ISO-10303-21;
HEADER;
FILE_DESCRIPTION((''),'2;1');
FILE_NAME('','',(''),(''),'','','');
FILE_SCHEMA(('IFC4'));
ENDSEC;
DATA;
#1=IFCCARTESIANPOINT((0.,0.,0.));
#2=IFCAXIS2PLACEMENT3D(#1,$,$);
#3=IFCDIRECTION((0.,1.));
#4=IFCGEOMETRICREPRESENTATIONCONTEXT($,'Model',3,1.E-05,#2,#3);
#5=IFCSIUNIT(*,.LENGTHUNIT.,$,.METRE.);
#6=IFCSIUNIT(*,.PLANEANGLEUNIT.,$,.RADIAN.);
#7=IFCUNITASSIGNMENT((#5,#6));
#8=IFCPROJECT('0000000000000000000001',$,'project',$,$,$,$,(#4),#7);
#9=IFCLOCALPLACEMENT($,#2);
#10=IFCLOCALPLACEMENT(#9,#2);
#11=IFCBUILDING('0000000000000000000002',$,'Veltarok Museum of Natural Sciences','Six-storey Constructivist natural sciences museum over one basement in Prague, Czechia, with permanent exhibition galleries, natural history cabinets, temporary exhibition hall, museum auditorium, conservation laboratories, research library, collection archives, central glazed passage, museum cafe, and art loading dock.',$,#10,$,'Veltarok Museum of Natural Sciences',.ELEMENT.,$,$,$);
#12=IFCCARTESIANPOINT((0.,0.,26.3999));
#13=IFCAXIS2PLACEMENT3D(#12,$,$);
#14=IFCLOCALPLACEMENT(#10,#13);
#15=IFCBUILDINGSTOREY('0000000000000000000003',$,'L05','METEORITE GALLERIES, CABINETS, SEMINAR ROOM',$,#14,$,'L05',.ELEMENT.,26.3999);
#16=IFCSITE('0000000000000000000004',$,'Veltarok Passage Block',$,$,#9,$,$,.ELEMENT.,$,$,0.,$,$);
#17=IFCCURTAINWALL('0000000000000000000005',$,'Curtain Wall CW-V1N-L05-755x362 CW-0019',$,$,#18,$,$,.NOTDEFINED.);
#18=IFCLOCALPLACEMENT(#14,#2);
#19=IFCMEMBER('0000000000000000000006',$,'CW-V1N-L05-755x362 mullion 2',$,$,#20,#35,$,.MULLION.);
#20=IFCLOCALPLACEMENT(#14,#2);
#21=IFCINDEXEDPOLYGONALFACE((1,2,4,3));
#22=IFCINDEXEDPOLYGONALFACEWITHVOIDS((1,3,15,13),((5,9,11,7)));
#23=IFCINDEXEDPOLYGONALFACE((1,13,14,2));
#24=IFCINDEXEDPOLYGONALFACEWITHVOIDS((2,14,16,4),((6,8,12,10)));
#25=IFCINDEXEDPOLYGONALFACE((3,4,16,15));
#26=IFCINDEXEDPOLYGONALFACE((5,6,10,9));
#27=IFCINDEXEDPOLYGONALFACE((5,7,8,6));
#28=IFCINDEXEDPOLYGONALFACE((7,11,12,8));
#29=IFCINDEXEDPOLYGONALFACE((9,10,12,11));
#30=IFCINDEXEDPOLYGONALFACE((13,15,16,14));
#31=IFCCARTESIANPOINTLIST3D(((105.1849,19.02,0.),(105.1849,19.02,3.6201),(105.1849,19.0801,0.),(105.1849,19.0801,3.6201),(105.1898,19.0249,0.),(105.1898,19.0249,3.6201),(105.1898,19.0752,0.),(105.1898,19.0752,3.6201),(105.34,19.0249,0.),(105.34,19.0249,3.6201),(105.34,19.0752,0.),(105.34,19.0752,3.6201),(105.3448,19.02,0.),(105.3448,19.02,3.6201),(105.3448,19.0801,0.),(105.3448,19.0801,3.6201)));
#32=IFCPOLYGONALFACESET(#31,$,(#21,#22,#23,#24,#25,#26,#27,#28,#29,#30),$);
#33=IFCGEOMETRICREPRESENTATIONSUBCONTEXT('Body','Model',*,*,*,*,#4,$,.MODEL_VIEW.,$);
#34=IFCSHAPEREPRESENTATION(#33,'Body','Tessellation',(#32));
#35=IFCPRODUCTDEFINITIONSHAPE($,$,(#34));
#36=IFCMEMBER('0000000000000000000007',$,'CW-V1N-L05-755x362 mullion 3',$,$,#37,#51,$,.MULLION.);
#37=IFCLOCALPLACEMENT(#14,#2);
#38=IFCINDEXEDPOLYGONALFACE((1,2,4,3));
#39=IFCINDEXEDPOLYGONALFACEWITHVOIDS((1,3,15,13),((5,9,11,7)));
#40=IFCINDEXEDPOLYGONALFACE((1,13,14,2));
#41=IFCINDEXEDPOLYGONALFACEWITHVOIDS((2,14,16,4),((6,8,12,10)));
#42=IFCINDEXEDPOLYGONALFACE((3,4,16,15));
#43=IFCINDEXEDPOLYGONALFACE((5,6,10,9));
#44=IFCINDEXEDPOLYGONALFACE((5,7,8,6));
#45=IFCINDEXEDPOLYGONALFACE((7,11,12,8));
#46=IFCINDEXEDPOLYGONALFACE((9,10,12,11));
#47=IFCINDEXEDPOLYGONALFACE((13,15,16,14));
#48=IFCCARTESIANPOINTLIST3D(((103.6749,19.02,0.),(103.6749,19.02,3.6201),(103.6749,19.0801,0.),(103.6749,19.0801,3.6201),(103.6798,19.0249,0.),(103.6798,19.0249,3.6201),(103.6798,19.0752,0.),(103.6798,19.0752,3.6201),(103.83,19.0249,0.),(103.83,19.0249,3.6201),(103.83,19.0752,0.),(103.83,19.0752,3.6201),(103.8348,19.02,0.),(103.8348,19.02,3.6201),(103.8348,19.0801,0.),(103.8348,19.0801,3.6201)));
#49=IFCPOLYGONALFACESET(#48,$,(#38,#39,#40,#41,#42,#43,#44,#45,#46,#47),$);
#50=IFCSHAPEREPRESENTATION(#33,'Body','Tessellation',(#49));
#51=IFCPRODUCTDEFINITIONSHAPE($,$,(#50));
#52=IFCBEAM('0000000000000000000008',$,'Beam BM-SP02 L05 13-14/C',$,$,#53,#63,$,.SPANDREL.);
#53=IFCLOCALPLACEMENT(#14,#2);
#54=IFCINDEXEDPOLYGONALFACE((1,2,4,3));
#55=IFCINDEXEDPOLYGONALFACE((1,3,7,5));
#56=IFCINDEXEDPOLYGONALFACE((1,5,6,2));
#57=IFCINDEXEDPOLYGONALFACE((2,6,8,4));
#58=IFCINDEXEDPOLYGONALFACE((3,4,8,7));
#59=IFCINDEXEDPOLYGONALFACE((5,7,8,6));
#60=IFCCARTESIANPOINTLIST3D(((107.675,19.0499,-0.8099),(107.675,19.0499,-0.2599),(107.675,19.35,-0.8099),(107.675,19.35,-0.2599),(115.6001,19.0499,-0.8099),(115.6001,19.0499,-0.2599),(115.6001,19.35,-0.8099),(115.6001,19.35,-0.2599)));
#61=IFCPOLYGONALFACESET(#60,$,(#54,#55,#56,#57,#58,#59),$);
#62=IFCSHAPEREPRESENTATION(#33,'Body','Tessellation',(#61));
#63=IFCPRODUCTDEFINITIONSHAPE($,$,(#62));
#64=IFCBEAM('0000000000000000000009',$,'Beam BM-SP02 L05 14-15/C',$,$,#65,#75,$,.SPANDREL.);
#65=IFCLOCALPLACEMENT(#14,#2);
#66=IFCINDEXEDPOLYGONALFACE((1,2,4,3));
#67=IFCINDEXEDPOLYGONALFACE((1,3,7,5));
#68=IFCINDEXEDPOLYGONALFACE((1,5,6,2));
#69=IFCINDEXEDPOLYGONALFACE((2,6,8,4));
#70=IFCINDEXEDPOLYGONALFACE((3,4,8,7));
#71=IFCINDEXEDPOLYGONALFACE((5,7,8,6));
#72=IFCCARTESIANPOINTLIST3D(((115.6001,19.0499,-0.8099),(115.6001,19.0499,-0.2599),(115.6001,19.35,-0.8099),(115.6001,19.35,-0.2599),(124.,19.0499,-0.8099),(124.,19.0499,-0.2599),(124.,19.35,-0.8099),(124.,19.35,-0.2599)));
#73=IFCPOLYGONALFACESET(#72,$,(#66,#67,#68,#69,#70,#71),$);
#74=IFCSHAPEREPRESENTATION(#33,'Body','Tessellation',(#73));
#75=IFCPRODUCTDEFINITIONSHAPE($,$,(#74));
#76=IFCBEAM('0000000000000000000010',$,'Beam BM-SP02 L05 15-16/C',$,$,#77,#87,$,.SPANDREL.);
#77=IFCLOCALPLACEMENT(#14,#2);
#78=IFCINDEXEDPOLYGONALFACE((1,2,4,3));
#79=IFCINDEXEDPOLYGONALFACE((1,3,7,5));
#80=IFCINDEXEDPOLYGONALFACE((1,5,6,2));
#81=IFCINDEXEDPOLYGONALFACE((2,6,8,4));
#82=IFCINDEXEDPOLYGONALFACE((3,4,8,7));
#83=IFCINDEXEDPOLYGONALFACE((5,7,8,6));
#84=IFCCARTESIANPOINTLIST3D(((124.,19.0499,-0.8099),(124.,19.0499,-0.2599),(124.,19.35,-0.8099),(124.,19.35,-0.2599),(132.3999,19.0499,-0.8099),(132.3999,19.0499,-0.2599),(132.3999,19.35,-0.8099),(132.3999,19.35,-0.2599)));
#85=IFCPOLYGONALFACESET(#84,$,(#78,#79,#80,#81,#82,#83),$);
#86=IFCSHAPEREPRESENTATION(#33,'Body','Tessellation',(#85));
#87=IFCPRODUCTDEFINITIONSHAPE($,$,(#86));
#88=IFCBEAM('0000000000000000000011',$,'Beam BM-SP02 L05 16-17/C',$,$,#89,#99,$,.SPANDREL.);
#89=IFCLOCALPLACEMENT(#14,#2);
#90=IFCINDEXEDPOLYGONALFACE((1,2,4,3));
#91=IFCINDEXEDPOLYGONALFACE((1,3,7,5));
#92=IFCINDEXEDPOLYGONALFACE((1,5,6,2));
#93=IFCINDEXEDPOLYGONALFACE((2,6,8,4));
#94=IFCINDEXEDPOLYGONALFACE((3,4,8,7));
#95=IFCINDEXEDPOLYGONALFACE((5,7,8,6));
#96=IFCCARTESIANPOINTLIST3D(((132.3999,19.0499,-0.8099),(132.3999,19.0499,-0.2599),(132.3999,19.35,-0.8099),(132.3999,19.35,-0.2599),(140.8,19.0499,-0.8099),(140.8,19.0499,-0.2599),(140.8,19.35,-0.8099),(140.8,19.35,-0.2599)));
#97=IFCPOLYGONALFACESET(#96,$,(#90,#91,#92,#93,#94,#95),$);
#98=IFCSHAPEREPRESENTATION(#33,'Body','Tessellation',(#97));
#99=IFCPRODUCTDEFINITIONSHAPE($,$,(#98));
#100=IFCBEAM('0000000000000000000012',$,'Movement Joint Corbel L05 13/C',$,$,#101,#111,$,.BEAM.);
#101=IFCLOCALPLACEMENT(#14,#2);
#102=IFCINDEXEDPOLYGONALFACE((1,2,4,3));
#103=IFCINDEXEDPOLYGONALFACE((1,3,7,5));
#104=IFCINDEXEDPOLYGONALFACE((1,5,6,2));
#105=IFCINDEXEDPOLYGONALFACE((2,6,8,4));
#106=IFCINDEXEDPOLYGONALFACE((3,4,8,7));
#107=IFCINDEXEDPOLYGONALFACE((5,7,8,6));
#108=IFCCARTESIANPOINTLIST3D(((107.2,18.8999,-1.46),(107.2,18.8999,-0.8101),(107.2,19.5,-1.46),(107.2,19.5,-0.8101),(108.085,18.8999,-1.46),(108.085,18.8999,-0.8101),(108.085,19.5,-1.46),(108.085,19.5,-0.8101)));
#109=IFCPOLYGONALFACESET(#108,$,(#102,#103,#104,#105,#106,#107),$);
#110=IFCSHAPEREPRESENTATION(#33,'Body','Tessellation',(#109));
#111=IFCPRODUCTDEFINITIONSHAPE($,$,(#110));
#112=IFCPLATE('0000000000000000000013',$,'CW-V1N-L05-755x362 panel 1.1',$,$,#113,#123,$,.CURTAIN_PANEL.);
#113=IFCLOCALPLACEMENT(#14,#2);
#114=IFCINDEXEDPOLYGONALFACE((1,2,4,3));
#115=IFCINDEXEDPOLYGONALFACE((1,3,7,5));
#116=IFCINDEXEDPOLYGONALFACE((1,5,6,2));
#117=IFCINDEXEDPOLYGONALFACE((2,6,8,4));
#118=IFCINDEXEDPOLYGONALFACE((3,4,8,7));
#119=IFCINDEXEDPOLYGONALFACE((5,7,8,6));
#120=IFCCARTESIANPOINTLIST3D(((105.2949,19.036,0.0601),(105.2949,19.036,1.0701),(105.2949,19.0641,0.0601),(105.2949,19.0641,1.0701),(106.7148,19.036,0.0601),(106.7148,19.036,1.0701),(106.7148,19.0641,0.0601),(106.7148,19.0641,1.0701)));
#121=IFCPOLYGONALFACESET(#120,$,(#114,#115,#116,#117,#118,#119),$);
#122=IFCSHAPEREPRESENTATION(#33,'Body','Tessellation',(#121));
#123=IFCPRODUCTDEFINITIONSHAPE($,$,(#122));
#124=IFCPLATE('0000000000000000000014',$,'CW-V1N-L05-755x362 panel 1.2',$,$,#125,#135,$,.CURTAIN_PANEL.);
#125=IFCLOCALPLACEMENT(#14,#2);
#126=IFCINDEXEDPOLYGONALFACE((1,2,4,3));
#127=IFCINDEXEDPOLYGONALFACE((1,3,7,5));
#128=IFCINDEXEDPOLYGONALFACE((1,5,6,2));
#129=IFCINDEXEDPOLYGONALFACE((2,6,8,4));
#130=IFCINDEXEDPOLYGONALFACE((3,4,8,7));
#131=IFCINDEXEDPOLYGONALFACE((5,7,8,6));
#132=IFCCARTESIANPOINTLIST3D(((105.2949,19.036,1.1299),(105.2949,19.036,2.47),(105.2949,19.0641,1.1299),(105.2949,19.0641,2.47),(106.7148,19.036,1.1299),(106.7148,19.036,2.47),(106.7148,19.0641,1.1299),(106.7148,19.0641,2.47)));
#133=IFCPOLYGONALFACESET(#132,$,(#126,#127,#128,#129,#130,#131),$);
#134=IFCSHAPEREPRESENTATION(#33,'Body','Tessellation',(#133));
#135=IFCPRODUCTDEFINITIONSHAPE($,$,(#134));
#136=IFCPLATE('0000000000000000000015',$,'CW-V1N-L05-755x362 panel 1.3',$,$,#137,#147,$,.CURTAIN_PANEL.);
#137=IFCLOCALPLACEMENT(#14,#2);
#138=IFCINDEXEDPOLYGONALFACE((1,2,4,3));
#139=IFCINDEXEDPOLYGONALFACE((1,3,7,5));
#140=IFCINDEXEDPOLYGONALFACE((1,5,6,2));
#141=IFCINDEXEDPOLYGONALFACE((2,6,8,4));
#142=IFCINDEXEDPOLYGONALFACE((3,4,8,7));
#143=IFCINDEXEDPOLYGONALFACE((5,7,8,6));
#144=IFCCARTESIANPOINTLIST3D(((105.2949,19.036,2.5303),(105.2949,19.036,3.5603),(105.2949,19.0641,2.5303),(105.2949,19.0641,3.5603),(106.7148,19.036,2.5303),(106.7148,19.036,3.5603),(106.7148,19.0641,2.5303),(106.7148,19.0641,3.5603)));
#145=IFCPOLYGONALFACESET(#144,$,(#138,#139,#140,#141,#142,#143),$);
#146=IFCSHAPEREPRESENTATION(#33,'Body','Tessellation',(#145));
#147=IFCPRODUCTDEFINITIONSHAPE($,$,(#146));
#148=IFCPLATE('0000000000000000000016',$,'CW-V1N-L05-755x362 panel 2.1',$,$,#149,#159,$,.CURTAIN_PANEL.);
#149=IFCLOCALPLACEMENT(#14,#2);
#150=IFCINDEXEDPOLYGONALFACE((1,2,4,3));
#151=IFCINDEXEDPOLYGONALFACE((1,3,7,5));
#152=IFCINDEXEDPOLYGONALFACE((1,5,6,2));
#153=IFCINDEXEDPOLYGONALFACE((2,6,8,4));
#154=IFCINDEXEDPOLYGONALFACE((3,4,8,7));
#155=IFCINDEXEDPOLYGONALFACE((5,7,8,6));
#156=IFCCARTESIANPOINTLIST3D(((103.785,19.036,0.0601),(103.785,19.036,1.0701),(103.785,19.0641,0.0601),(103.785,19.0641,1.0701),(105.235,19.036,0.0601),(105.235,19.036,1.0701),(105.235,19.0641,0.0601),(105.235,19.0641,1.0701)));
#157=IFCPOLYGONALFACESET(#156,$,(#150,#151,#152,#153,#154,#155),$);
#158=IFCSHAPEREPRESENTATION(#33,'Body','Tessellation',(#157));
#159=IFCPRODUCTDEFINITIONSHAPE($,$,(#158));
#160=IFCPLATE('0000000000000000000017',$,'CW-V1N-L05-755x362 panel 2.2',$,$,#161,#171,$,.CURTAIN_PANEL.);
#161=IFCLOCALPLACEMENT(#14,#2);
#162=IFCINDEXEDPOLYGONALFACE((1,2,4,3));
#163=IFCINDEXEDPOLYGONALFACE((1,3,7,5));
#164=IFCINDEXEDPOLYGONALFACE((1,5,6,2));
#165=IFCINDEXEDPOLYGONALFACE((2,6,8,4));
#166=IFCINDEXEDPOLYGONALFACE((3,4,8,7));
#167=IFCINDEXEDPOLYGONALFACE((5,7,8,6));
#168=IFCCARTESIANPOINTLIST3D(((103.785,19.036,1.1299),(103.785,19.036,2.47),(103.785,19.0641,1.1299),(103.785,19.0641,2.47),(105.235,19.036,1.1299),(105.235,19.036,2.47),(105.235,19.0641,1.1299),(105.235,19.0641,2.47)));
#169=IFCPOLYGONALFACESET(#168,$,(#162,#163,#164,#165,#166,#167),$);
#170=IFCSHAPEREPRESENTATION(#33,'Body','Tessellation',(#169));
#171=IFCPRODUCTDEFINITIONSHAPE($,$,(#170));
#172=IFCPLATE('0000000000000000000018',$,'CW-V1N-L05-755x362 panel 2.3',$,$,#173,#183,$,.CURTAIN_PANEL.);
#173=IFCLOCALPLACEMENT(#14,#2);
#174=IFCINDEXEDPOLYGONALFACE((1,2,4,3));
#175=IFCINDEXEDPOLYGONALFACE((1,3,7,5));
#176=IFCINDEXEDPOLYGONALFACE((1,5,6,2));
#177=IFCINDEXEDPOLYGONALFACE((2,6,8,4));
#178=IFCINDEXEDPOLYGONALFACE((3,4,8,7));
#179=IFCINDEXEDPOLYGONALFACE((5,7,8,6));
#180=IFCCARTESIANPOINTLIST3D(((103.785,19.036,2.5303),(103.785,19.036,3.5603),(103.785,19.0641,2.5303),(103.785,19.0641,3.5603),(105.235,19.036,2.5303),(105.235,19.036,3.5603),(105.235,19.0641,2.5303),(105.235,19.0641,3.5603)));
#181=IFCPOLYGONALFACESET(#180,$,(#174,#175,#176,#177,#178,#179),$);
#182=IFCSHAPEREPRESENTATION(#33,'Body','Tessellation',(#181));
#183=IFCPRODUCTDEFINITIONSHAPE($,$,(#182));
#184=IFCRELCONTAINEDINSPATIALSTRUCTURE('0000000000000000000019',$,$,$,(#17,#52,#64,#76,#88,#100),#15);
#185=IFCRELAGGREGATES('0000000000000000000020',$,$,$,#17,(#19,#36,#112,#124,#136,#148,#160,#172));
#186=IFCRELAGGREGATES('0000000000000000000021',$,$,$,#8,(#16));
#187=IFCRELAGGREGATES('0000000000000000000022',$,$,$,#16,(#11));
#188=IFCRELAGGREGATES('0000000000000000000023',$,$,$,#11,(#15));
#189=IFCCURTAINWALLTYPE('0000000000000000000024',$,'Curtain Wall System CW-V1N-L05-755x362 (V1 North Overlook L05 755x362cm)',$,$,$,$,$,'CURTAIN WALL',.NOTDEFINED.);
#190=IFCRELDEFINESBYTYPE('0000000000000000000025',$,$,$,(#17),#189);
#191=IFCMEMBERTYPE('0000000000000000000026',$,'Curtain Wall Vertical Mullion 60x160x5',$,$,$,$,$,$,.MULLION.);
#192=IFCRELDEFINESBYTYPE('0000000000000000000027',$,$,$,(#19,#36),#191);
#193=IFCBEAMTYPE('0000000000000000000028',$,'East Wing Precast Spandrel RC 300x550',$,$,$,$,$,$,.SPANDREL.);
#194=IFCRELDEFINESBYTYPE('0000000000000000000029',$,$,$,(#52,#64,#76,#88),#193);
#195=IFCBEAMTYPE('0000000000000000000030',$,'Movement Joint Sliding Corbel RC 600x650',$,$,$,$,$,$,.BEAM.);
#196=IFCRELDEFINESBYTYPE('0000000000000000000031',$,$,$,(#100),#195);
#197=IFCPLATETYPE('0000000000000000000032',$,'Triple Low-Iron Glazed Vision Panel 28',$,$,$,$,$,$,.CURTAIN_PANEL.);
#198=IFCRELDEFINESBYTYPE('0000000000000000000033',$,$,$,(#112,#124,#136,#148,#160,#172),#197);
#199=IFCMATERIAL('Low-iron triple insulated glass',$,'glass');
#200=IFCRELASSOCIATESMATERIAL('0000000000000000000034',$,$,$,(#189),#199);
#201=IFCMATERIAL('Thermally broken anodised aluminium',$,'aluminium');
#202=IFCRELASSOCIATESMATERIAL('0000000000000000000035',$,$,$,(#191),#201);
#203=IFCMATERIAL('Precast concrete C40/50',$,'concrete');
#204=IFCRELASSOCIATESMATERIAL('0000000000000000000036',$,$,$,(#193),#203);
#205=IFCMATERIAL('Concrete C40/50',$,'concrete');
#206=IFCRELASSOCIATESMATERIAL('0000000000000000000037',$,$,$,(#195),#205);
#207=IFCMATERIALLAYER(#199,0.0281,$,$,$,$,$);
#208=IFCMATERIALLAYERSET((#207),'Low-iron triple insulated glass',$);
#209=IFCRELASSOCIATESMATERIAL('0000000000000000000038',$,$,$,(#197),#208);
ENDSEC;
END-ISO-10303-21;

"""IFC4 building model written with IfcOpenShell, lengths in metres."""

from ifc_helpers import new_model, si_unit, direction, frame, origin, origin_2d, place, context, subcontext, project, spatial, rectangle, hollow_rectangle, extrude, material, layer, layer_set, material_profile, profile_set, type_object, element, aggregate, save


model = new_model("IFC4")

# Units and contexts
model_context = context("Model", 3, precision=1e-05, world=origin(), true_north=direction((0.0, 1.0)))
body_context = subcontext(model_context, "Body", "Model", "MODEL_VIEW")
ifc_project = project(units=[si_unit("LENGTHUNIT", "METRE"), si_unit("PLANEANGLEUNIT", "RADIAN")], contexts=[model_context])

# Site, building, storey
site_placement = place(None, origin())
site = spatial("IfcSite", under=ifc_project, at=site_placement, Name="Veltarok Passage Block", CompositionType="ELEMENT", RefElevation=0.0)
building_placement = place(site_placement, origin())
building = spatial("IfcBuilding", under=site, at=building_placement, Name="Veltarok Museum of Natural Sciences", Description="Six-storey Constructivist natural sciences museum over one basement in Prague, Czechia, with permanent exhibition galleries, natural history cabinets, temporary exhibition hall, museum auditorium, conservation laboratories, research library, collection archives, central glazed passage, museum cafe, and art loading dock.", LongName="Veltarok Museum of Natural Sciences", CompositionType="ELEMENT")
storey_placement = place(building_placement, frame((0.0, 0.0, 26.3999)))
storey = spatial("IfcBuildingStorey", under=building, at=storey_placement, Name="L05", Description="METEORITE GALLERIES, CABINETS, SEMINAR ROOM", LongName="L05", CompositionType="ELEMENT", Elevation=26.3999)

# Shared definitions
ifc_material_1 = material(Name="Concrete C40/50", Category="concrete")

# Curtain wall, members
ifc_material_2 = material(Name="Low-iron triple insulated glass", Category="glass")
curtain_wall_type = type_object("IfcCurtainWallType", Name="Curtain Wall System CW-V1N-L05-755x362 (V1 North Overlook L05 755x362cm)", ElementType="CURTAIN WALL", PredefinedType="NOTDEFINED", material=ifc_material_2)
curtain_wall_placement = place(storey_placement, origin())
curtain_wall = element("IfcCurtainWall", 1, at=curtain_wall_placement, inside=storey, type_object=curtain_wall_type, Name="Curtain Wall CW-V1N-L05-755x362 CW-0019", PredefinedType="NOTDEFINED")
ifc_material_3 = material(Name="Thermally broken anodised aluminium", Category="aluminium")
ifc_material_profile_1 = material_profile(ifc_material_3, hollow_rectangle(XDim=0.0601, YDim=0.1599, WallThickness=0.0049, at=origin_2d()), Name="CW MULLION 60x160x5")
ifc_profile_set_1 = profile_set([ifc_material_profile_1], Name="Thermally broken anodised aluminium")
member_type_1 = type_object("IfcMemberType", Name="Curtain Wall Vertical Mullion 60x160x5", PredefinedType="MULLION", material=ifc_profile_set_1)
member_1_placement = place(storey_placement, frame((105.2649, 19.05, 0.0), z_axis=(0.0, 0.0, 1.0), x_axis=(0.0, -1.0, 0.0)))
member_1 = element("IfcMember", 2, at=member_1_placement, type_object=member_type_1, Name="CW-V1N-L05-755x362 mullion 2", PredefinedType="MULLION", context=body_context, shape_type="SweptSolid", body=[
    extrude(hollow_rectangle(XDim=0.0601, YDim=0.1599, WallThickness=0.0049, at=origin_2d()), origin(), (0.0, 0.0, 1.0), 3.6201),
])
member_2_placement = place(storey_placement, frame((103.7549, 19.05, 0.0), z_axis=(0.0, 0.0, 1.0), x_axis=(0.0, -1.0, 0.0)))
member_2 = element("IfcMember", 3, at=member_2_placement, type_object=member_type_1, Name="CW-V1N-L05-755x362 mullion 3", PredefinedType="MULLION", context=body_context, shape_type="SweptSolid", body=[
    extrude(hollow_rectangle(XDim=0.0601, YDim=0.1599, WallThickness=0.0049, at=origin_2d()), origin(), (0.0, 0.0, 1.0), 3.6201),
])

# Beams
ifc_material_4 = material(Name="Precast concrete C40/50", Category="concrete")
ifc_material_profile_2 = material_profile(ifc_material_4, rectangle(XDim=0.3, YDim=0.55, at=origin_2d()), Name="RC 300x550")
ifc_profile_set_2 = profile_set([ifc_material_profile_2], Name="Precast concrete C40/50")
beam_type_1 = type_object("IfcBeamType", Name="East Wing Precast Spandrel RC 300x550", PredefinedType="SPANDREL", material=ifc_profile_set_2)
beam_1_placement = place(storey_placement, frame((107.675, 19.2, -0.5349), z_axis=(1.0, 0.0, 0.0), x_axis=(0.0, 1.0, 0.0)))
element("IfcBeam", 4, at=beam_1_placement, inside=storey, type_object=beam_type_1, Name="Beam BM-SP02 L05 13-14/C", PredefinedType="SPANDREL", context=body_context, shape_type="SweptSolid", body=[
    extrude(rectangle(XDim=0.3, YDim=0.55, at=origin_2d()), origin(), (0.0, 0.0, 1.0), 7.925),
])
for number, where, z_axis, x_axis, name in (
    (5, (115.6001, 19.2, -0.5349), (1.0, 0.0, 0.0), (0.0, 1.0, 0.0), "Beam BM-SP02 L05 14-15/C"),
    (6, (124.0, 19.2, -0.5349), (1.0, 0.0, 0.0), (0.0, 1.0, 0.0), "Beam BM-SP02 L05 15-16/C"),
):
    element("IfcBeam", number, at=place(storey_placement, frame(where, z_axis=z_axis, x_axis=x_axis)), inside=storey, type_object=beam_type_1, Name=name, PredefinedType="SPANDREL", context=body_context, shape_type="SweptSolid", body=[
        extrude(rectangle(XDim=0.3, YDim=0.55, at=origin_2d()), origin(), (0.0, 0.0, 1.0), 8.3999),
    ])
beam_2_placement = place(storey_placement, frame((132.3999, 19.2, -0.5349), z_axis=(1.0, 0.0, 0.0), x_axis=(0.0, 1.0, 0.0)))
element("IfcBeam", 7, at=beam_2_placement, inside=storey, type_object=beam_type_1, Name="Beam BM-SP02 L05 16-17/C", PredefinedType="SPANDREL", context=body_context, shape_type="SweptSolid", body=[
    extrude(rectangle(XDim=0.3, YDim=0.55, at=origin_2d()), origin(), (0.0, 0.0, 1.0), 8.4001),
])
ifc_material_profile_3 = material_profile(ifc_material_1, rectangle(XDim=0.6001, YDim=0.6499, at=origin_2d()), Name="RC 600x650")
ifc_profile_set_3 = profile_set([ifc_material_profile_3], Name="Concrete C40/50")
beam_type_2 = type_object("IfcBeamType", Name="Movement Joint Sliding Corbel RC 600x650", PredefinedType="BEAM", material=ifc_profile_set_3)
beam_3_placement = place(storey_placement, frame((107.2, 19.2, -1.135), z_axis=(1.0, 0.0, 0.0), x_axis=(0.0, 1.0, 0.0)))
element("IfcBeam", 8, at=beam_3_placement, inside=storey, type_object=beam_type_2, Name="Movement Joint Corbel L05 13/C", PredefinedType="BEAM", context=body_context, shape_type="SweptSolid", body=[
    extrude(rectangle(XDim=0.6001, YDim=0.6499, at=origin_2d()), origin(), (0.0, 0.0, 1.0), 0.885),
])

# Plates
ifc_layer = layer(ifc_material_2, 0.0281)
ifc_layer_set = layer_set([ifc_layer], Name="Low-iron triple insulated glass")
plate_type = type_object("IfcPlateType", Name="Triple Low-Iron Glazed Vision Panel 28", PredefinedType="CURTAIN_PANEL", material=ifc_layer_set)
plate_1_placement = place(storey_placement, frame((106.0049, 19.05, 0.0601), z_axis=(0.0, 0.0, 1.0), x_axis=(-1.0, 0.0, 0.0)))
plate_1 = element("IfcPlate", 9, at=plate_1_placement, type_object=plate_type, Name="CW-V1N-L05-755x362 panel 1.1", PredefinedType="CURTAIN_PANEL", context=body_context, shape_type="SweptSolid", body=[
    extrude(rectangle(XDim=1.4199, YDim=0.0281, at=origin_2d()), origin(), (0.0, 0.0, 1.0), 1.01),
])
plate_2_placement = place(storey_placement, frame((106.0049, 19.05, 1.1299), z_axis=(0.0, 0.0, 1.0), x_axis=(-1.0, 0.0, 0.0)))
plate_2 = element("IfcPlate", 10, at=plate_2_placement, type_object=plate_type, Name="CW-V1N-L05-755x362 panel 1.2", PredefinedType="CURTAIN_PANEL", context=body_context, shape_type="SweptSolid", body=[
    extrude(rectangle(XDim=1.4199, YDim=0.0281, at=origin_2d()), origin(), (0.0, 0.0, 1.0), 1.3401),
])
plate_3_placement = place(storey_placement, frame((106.0049, 19.05, 2.5303), z_axis=(0.0, 0.0, 1.0), x_axis=(-1.0, 0.0, 0.0)))
plate_3 = element("IfcPlate", 11, at=plate_3_placement, type_object=plate_type, Name="CW-V1N-L05-755x362 panel 1.3", PredefinedType="CURTAIN_PANEL", context=body_context, shape_type="SweptSolid", body=[
    extrude(rectangle(XDim=1.4199, YDim=0.0281, at=origin_2d()), origin(), (0.0, 0.0, 1.0), 1.03),
])
plate_4_placement = place(storey_placement, frame((104.51, 19.05, 0.0601), z_axis=(0.0, 0.0, 1.0), x_axis=(-1.0, 0.0, 0.0)))
plate_4 = element("IfcPlate", 12, at=plate_4_placement, type_object=plate_type, Name="CW-V1N-L05-755x362 panel 2.1", PredefinedType="CURTAIN_PANEL", context=body_context, shape_type="SweptSolid", body=[
    extrude(rectangle(XDim=1.45, YDim=0.0281, at=origin_2d()), origin(), (0.0, 0.0, 1.0), 1.01),
])
plate_5_placement = place(storey_placement, frame((104.51, 19.05, 1.1299), z_axis=(0.0, 0.0, 1.0), x_axis=(-1.0, 0.0, 0.0)))
plate_5 = element("IfcPlate", 13, at=plate_5_placement, type_object=plate_type, Name="CW-V1N-L05-755x362 panel 2.2", PredefinedType="CURTAIN_PANEL", context=body_context, shape_type="SweptSolid", body=[
    extrude(rectangle(XDim=1.45, YDim=0.0281, at=origin_2d()), origin(), (0.0, 0.0, 1.0), 1.3401),
])
plate_6_placement = place(storey_placement, frame((104.51, 19.05, 2.5303), z_axis=(0.0, 0.0, 1.0), x_axis=(-1.0, 0.0, 0.0)))
plate_6 = element("IfcPlate", 14, at=plate_6_placement, type_object=plate_type, Name="CW-V1N-L05-755x362 panel 2.3", PredefinedType="CURTAIN_PANEL", context=body_context, shape_type="SweptSolid", body=[
    extrude(rectangle(XDim=1.45, YDim=0.0281, at=origin_2d()), origin(), (0.0, 0.0, 1.0), 1.03),
])
aggregate(curtain_wall, [member_1, member_2, plate_1, plate_2, plate_3, plate_4, plate_5, plate_6])

save(model, "model.ifc")
